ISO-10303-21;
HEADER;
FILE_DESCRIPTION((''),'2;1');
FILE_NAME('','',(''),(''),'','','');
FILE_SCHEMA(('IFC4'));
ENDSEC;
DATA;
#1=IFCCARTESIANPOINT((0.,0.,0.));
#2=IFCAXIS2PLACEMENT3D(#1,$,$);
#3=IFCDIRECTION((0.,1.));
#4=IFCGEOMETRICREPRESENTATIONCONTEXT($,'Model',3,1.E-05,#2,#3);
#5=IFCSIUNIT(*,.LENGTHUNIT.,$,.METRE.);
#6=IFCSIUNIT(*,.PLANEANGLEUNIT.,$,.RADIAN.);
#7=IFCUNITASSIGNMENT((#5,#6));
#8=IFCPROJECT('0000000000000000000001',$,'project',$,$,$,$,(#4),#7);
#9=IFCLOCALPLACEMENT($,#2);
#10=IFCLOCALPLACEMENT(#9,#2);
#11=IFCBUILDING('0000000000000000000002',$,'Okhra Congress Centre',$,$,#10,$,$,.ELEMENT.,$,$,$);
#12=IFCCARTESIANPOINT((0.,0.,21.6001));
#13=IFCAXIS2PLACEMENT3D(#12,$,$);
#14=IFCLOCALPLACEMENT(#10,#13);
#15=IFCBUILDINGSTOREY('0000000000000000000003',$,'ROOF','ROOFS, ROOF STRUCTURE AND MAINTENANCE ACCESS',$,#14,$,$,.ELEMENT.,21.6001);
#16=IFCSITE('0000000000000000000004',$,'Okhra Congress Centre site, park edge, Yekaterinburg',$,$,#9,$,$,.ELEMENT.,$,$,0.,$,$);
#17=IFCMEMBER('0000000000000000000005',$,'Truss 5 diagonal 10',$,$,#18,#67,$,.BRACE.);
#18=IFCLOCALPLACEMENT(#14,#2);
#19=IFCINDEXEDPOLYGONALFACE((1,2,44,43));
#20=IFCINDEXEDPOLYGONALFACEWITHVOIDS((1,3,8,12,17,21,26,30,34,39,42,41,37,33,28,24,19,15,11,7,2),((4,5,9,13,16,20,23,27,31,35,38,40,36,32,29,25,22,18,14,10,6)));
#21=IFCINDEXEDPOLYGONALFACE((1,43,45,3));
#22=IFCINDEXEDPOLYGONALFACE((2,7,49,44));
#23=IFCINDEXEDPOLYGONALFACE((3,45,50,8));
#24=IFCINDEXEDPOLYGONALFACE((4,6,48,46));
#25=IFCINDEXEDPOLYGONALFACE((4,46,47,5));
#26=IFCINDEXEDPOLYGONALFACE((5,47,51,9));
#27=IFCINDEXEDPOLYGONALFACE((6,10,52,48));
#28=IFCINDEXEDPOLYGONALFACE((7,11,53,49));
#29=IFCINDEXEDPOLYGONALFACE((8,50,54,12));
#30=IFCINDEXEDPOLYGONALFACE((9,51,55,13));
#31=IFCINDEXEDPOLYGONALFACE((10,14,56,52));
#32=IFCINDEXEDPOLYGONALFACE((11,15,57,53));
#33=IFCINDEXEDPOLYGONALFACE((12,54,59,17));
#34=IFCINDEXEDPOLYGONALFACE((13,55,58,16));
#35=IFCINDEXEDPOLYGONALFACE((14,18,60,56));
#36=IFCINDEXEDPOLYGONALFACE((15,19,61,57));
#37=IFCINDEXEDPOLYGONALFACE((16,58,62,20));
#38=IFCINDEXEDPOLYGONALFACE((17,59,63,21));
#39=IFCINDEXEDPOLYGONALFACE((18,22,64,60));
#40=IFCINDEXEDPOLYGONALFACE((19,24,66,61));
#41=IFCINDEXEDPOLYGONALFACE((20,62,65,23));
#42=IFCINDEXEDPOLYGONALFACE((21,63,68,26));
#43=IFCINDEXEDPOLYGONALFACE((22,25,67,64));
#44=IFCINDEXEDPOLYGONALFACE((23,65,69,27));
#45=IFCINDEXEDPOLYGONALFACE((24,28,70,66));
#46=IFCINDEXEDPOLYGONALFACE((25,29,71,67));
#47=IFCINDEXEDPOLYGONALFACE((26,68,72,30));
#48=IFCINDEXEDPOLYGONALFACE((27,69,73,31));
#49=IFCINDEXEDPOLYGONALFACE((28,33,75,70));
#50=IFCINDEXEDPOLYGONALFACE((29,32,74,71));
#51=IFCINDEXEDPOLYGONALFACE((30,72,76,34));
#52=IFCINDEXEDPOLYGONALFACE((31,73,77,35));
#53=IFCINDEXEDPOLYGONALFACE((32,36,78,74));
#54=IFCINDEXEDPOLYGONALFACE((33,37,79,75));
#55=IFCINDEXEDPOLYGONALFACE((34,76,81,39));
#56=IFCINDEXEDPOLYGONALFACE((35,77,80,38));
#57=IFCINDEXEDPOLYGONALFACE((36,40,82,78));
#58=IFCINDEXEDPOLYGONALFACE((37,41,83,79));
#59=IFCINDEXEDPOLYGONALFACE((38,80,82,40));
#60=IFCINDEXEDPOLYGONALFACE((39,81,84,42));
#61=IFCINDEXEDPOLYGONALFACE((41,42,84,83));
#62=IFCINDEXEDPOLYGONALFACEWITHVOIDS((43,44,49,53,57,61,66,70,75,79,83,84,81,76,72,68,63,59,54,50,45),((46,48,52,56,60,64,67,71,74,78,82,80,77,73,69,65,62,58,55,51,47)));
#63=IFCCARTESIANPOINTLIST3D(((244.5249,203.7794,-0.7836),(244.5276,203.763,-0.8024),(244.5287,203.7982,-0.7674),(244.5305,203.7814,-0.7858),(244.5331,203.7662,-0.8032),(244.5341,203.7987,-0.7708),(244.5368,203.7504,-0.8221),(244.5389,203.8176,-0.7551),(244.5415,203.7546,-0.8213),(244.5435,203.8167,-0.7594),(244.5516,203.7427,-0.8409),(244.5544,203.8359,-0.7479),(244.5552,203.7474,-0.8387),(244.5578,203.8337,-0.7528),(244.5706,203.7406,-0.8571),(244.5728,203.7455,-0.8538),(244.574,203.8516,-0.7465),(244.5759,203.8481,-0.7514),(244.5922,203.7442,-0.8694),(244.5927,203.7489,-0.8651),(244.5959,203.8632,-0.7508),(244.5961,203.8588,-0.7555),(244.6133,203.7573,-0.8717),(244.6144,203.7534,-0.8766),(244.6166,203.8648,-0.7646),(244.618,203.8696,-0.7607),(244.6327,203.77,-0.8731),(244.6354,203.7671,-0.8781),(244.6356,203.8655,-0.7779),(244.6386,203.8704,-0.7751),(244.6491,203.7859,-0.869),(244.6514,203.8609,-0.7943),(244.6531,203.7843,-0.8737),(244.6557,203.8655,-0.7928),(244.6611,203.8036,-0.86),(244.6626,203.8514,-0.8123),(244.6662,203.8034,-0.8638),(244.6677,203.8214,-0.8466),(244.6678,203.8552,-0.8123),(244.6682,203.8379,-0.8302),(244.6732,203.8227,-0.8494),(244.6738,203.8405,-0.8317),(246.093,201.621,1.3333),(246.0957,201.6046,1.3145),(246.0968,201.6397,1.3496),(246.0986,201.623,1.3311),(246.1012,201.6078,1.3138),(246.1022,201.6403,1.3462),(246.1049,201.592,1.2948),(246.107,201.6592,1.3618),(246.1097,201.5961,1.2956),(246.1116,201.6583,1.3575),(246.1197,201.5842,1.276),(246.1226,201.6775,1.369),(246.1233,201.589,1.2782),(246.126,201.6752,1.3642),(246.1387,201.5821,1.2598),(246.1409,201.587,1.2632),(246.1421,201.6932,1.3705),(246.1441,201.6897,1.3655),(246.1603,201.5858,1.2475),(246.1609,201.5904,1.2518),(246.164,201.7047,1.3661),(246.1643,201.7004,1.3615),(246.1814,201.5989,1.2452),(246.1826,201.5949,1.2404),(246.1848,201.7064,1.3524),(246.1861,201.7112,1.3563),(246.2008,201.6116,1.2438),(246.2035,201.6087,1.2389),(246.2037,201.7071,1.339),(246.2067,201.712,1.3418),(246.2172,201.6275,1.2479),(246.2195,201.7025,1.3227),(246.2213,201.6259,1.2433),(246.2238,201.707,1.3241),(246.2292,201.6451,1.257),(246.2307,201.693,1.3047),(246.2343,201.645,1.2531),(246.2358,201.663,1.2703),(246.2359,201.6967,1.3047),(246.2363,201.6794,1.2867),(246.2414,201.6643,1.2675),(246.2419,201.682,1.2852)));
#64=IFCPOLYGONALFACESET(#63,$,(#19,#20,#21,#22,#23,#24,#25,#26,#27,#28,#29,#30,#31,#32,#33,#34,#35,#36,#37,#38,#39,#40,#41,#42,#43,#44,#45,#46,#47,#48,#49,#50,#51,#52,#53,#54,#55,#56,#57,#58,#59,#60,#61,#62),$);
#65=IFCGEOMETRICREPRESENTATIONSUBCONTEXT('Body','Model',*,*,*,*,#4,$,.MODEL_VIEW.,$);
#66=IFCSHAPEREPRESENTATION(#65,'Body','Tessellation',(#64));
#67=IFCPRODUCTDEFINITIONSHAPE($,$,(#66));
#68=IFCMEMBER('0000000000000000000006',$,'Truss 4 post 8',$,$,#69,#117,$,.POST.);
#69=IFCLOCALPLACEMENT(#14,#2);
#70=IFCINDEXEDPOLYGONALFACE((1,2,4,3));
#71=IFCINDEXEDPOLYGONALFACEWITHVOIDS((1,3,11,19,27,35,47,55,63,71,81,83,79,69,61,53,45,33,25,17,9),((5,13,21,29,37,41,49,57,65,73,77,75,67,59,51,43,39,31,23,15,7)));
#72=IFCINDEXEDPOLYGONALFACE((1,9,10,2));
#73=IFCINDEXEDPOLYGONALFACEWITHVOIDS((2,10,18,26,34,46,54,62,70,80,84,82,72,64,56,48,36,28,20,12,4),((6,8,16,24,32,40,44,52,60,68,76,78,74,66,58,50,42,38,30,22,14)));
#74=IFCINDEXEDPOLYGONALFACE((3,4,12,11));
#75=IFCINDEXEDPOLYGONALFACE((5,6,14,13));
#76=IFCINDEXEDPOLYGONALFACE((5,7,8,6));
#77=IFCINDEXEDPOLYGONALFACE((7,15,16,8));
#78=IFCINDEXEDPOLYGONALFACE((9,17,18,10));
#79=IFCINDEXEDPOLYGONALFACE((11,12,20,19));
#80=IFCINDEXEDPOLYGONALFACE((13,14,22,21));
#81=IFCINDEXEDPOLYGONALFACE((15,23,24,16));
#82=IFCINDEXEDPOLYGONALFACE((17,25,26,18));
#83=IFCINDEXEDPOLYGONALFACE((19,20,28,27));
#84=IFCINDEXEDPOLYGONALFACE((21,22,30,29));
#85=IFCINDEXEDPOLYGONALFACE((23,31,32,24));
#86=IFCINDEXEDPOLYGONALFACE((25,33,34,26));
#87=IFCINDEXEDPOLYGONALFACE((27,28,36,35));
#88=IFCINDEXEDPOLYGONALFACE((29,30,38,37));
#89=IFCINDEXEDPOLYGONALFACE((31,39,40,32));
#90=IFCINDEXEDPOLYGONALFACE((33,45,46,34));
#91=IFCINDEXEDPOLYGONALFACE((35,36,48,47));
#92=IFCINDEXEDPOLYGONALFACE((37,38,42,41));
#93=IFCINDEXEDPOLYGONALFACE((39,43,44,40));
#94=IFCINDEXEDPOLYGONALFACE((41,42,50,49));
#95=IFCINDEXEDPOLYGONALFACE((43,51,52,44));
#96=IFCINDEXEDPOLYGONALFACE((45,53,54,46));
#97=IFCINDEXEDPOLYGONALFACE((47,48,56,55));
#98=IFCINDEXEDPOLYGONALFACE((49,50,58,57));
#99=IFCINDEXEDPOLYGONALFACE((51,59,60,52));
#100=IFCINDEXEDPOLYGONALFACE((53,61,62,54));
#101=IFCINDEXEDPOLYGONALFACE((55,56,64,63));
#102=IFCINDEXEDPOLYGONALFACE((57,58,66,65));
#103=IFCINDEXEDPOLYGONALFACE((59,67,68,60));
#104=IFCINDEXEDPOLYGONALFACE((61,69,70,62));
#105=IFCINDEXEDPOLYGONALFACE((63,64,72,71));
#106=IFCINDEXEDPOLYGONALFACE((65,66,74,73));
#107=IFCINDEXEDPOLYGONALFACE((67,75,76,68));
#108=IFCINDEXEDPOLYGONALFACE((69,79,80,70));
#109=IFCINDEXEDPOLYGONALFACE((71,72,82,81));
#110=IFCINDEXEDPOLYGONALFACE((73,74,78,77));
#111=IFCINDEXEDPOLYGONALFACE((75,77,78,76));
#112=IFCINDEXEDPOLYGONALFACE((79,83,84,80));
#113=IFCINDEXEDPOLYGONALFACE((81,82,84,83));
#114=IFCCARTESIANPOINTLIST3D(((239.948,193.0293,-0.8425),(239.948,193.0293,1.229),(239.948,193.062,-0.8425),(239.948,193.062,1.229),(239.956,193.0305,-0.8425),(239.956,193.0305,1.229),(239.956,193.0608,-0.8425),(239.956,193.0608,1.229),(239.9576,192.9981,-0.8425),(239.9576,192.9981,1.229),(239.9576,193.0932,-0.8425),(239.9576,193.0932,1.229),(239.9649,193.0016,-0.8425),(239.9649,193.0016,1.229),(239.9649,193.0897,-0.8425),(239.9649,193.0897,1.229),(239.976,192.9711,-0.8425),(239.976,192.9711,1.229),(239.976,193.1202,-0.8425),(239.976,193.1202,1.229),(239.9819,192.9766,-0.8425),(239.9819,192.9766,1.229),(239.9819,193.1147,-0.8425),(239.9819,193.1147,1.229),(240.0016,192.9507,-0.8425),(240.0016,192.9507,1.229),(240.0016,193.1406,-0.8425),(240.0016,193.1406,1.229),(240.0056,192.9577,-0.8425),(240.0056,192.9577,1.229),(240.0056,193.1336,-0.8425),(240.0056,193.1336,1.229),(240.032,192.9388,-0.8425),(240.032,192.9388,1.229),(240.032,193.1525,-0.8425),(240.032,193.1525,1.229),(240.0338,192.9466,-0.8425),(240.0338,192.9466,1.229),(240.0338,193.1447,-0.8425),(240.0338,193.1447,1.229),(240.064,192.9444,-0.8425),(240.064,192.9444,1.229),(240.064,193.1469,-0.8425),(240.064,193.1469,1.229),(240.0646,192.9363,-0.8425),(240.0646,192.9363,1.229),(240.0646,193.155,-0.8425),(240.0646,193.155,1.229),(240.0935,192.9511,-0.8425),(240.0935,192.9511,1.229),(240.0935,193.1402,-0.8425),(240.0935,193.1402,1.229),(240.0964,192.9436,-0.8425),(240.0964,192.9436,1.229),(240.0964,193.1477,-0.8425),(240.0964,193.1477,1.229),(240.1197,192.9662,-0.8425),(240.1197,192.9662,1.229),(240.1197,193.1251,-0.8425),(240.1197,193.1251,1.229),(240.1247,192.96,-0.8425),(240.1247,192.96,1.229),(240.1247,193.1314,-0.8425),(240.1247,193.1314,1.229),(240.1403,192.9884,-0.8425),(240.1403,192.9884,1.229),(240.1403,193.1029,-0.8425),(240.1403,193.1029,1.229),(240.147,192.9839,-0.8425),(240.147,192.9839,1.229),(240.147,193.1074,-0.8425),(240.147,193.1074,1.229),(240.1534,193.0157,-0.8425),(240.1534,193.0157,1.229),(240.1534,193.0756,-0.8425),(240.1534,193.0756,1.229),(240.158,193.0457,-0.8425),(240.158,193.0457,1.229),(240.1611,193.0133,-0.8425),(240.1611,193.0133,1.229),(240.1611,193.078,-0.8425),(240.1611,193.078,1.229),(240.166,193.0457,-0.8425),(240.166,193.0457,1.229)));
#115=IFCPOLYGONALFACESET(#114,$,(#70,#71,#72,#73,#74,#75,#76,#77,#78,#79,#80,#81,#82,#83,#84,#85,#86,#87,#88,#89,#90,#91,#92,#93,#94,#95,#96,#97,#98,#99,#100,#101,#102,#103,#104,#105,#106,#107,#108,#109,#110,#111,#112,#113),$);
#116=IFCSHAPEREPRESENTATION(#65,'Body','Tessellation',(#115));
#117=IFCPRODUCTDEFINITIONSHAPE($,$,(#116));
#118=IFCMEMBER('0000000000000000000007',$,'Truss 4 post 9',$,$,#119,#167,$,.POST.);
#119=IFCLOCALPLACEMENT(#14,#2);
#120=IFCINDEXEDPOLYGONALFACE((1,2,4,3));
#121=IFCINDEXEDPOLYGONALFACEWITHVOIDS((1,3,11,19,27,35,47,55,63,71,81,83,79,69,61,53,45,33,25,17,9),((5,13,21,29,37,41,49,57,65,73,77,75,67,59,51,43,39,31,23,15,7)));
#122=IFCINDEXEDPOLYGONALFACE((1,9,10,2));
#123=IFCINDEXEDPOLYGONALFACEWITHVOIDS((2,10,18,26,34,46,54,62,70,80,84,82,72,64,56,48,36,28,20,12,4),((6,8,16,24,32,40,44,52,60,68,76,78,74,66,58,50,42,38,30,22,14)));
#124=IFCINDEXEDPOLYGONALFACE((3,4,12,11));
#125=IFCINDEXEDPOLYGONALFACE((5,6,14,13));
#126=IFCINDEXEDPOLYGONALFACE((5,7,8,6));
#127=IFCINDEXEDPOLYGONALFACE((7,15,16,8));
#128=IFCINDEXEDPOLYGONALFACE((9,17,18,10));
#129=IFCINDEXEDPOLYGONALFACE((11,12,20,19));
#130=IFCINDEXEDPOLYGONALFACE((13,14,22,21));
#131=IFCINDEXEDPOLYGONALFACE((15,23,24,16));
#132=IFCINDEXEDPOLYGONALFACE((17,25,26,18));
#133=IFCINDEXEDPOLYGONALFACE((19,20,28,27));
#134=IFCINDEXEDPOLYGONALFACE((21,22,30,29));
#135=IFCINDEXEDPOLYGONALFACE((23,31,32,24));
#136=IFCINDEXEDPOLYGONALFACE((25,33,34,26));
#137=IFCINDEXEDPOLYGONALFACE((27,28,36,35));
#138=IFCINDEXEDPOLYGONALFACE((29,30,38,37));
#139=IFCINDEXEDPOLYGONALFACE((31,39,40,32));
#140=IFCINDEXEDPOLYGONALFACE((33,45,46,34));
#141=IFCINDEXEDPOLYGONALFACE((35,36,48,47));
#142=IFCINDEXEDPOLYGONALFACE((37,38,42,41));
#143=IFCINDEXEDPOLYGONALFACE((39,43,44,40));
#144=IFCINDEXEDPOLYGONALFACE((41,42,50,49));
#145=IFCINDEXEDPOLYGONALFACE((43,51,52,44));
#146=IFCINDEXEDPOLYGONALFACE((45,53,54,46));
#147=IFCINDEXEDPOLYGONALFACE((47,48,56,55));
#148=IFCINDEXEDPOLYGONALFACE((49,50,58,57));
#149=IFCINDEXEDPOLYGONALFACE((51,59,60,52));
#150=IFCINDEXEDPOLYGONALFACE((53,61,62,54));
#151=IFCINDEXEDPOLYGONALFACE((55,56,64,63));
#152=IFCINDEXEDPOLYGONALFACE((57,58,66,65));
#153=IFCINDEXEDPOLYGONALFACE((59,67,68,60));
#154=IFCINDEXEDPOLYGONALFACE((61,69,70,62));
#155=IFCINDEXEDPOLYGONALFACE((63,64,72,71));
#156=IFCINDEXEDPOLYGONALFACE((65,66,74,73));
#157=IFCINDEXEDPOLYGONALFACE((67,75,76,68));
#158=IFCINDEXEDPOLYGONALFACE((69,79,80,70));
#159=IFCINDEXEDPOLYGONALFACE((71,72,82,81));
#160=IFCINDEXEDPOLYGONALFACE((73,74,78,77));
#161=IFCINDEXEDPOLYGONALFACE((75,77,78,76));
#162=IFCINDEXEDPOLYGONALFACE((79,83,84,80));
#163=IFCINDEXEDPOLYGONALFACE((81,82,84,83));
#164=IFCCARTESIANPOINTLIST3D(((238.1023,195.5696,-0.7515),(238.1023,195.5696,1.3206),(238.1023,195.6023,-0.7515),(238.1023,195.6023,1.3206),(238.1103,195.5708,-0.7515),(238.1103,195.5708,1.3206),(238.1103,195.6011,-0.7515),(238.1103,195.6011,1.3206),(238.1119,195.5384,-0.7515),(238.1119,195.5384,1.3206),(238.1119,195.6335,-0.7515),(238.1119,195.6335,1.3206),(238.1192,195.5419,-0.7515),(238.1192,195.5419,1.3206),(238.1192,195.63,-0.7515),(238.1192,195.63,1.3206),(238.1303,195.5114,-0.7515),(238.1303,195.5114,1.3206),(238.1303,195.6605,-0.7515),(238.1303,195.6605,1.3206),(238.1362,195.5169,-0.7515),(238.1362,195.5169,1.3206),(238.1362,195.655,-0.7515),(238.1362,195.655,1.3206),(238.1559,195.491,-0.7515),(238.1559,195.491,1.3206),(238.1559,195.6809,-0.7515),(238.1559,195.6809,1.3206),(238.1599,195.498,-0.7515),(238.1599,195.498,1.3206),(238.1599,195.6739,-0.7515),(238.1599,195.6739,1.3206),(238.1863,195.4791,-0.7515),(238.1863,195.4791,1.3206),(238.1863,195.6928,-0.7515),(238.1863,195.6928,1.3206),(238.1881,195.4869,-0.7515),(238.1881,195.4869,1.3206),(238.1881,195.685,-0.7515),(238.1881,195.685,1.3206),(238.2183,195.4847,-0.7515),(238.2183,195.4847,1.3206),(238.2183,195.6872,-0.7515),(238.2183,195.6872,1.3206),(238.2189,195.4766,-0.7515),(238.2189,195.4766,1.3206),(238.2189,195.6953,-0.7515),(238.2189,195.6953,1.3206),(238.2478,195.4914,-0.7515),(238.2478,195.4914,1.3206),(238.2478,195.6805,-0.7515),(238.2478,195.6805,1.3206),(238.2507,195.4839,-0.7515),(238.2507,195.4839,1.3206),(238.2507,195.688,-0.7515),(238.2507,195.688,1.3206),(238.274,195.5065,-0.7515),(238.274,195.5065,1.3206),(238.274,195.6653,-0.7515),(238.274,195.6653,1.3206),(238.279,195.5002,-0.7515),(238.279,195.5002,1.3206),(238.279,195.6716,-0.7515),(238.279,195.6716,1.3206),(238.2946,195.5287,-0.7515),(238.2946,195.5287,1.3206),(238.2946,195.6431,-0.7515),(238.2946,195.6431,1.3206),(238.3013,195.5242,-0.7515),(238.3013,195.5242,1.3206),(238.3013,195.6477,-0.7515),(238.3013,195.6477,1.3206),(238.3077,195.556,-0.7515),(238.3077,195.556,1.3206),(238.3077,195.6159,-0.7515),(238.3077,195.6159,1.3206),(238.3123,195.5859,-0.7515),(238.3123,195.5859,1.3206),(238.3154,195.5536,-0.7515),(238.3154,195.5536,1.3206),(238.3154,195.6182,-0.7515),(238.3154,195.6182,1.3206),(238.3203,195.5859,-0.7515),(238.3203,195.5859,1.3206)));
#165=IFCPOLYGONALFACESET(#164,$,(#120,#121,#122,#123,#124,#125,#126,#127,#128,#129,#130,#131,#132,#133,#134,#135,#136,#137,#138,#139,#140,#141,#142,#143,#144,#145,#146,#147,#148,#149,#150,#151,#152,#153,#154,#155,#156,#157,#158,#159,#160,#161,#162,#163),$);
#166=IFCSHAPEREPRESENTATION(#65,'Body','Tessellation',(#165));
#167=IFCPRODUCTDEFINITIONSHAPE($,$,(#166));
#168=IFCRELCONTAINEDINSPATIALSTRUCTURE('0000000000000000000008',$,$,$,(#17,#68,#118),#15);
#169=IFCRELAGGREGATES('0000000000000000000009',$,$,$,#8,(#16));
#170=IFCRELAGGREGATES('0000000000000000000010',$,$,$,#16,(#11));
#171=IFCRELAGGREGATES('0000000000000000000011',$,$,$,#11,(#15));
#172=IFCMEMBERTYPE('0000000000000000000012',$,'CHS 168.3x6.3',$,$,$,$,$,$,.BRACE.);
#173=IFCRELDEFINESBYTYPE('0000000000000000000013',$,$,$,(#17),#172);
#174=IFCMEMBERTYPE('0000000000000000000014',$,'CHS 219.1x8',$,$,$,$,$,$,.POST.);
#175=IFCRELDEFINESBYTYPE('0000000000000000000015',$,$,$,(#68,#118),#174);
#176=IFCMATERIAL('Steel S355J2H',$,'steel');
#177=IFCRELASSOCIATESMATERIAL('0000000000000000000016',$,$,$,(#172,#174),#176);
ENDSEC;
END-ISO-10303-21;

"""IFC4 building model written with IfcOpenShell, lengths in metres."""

from ifc_helpers import new_model, si_unit, direction, frame, origin, origin_2d, place, context, subcontext, project, spatial, hollow_circle, extrude, material, material_profile, profile_set, type_object, element, save


model = new_model("IFC4")

# Units and contexts
model_context = context("Model", 3, precision=1e-05, world=origin(), true_north=direction((0.0, 1.0)))
body_context = subcontext(model_context, "Body", "Model", "MODEL_VIEW")
ifc_project = project(units=[si_unit("LENGTHUNIT", "METRE"), si_unit("PLANEANGLEUNIT", "RADIAN")], contexts=[model_context])

# Site, building, storey
site_placement = place(None, origin())
site = spatial("IfcSite", under=ifc_project, at=site_placement, Name="Okhra Congress Centre site, park edge, Yekaterinburg", CompositionType="ELEMENT", RefElevation=0.0)
building_placement = place(site_placement, origin())
building = spatial("IfcBuilding", under=site, at=building_placement, Name="Okhra Congress Centre", CompositionType="ELEMENT")
storey_placement = place(building_placement, frame((0.0, 0.0, 21.6001)))
storey = spatial("IfcBuildingStorey", under=building, at=storey_placement, Name="ROOF", Description="ROOFS, ROOF STRUCTURE AND MAINTENANCE ACCESS", CompositionType="ELEMENT", Elevation=21.6001)

# Members
ifc_material_1 = material(Name="Steel S355J2H", Category="steel")
ifc_material_profile_1 = material_profile(ifc_material_1, hollow_circle(Radius=0.0842, WallThickness=0.0063, at=origin_2d()), Name="CHS 168.3x6.3")
ifc_profile_set_1 = profile_set([ifc_material_profile_1], Name="Steel S355J2H")
member_type_1 = type_object("IfcMemberType", Name="CHS 168.3x6.3", PredefinedType="BRACE", material=ifc_profile_set_1)
for number, where, z_axis, x_axis, name in (
    (1, (244.5996, 203.8057, -0.8123), (0.460428, -0.63376, 0.621574), (0.809033, 0.587764, 0.0), "Truss 5 diagonal 10"),
):
    element("IfcMember", number, at=place(storey_placement, frame(where, z_axis=z_axis, x_axis=x_axis)), inside=storey, type_object=member_type_1, Name=name, PredefinedType="BRACE", context=body_context, shape_type="SweptSolid", body=[
        extrude(hollow_circle(Radius=0.0842, WallThickness=0.0063, at=origin_2d()), origin(), (0.0, 0.0, 1.0), 3.4058),
    ])
ifc_material_profile_2 = material_profile(ifc_material_1, hollow_circle(Radius=0.1096, WallThickness=0.0081, at=origin_2d()), Name="CHS 219.1x8")
ifc_profile_set_2 = profile_set([ifc_material_profile_2], Name="Steel S355J2H")
member_type_2 = type_object("IfcMemberType", Name="CHS 219.1x8", PredefinedType="POST", material=ifc_profile_set_2)
member_1_placement = place(storey_placement, frame((240.0564, 193.0457, -0.8425), z_axis=(0.0, 0.0, 1.0), x_axis=(1.0, 0.0, 0.0)))
element("IfcMember", 2, at=member_1_placement, inside=storey, type_object=member_type_2, Name="Truss 4 post 8", PredefinedType="POST", context=body_context, shape_type="SweptSolid", body=[
    extrude(hollow_circle(Radius=0.1096, WallThickness=0.0081, at=origin_2d()), origin(), (0.0, 0.0, 1.0), 2.0715),
])
for number, where, z_axis, x_axis, name in (
    (3, (238.2107, 195.5859, -0.7515), (0.0, 0.0, 1.0), (1.0, 0.0, 0.0), "Truss 4 post 9"),
):
    element("IfcMember", number, at=place(storey_placement, frame(where, z_axis=z_axis, x_axis=x_axis)), inside=storey, type_object=member_type_2, Name=name, PredefinedType="POST", context=body_context, shape_type="SweptSolid", body=[
        extrude(hollow_circle(Radius=0.1096, WallThickness=0.0081, at=origin_2d()), origin(), (0.0, 0.0, 1.0), 2.072),
    ])

save(model, "model.ifc")
